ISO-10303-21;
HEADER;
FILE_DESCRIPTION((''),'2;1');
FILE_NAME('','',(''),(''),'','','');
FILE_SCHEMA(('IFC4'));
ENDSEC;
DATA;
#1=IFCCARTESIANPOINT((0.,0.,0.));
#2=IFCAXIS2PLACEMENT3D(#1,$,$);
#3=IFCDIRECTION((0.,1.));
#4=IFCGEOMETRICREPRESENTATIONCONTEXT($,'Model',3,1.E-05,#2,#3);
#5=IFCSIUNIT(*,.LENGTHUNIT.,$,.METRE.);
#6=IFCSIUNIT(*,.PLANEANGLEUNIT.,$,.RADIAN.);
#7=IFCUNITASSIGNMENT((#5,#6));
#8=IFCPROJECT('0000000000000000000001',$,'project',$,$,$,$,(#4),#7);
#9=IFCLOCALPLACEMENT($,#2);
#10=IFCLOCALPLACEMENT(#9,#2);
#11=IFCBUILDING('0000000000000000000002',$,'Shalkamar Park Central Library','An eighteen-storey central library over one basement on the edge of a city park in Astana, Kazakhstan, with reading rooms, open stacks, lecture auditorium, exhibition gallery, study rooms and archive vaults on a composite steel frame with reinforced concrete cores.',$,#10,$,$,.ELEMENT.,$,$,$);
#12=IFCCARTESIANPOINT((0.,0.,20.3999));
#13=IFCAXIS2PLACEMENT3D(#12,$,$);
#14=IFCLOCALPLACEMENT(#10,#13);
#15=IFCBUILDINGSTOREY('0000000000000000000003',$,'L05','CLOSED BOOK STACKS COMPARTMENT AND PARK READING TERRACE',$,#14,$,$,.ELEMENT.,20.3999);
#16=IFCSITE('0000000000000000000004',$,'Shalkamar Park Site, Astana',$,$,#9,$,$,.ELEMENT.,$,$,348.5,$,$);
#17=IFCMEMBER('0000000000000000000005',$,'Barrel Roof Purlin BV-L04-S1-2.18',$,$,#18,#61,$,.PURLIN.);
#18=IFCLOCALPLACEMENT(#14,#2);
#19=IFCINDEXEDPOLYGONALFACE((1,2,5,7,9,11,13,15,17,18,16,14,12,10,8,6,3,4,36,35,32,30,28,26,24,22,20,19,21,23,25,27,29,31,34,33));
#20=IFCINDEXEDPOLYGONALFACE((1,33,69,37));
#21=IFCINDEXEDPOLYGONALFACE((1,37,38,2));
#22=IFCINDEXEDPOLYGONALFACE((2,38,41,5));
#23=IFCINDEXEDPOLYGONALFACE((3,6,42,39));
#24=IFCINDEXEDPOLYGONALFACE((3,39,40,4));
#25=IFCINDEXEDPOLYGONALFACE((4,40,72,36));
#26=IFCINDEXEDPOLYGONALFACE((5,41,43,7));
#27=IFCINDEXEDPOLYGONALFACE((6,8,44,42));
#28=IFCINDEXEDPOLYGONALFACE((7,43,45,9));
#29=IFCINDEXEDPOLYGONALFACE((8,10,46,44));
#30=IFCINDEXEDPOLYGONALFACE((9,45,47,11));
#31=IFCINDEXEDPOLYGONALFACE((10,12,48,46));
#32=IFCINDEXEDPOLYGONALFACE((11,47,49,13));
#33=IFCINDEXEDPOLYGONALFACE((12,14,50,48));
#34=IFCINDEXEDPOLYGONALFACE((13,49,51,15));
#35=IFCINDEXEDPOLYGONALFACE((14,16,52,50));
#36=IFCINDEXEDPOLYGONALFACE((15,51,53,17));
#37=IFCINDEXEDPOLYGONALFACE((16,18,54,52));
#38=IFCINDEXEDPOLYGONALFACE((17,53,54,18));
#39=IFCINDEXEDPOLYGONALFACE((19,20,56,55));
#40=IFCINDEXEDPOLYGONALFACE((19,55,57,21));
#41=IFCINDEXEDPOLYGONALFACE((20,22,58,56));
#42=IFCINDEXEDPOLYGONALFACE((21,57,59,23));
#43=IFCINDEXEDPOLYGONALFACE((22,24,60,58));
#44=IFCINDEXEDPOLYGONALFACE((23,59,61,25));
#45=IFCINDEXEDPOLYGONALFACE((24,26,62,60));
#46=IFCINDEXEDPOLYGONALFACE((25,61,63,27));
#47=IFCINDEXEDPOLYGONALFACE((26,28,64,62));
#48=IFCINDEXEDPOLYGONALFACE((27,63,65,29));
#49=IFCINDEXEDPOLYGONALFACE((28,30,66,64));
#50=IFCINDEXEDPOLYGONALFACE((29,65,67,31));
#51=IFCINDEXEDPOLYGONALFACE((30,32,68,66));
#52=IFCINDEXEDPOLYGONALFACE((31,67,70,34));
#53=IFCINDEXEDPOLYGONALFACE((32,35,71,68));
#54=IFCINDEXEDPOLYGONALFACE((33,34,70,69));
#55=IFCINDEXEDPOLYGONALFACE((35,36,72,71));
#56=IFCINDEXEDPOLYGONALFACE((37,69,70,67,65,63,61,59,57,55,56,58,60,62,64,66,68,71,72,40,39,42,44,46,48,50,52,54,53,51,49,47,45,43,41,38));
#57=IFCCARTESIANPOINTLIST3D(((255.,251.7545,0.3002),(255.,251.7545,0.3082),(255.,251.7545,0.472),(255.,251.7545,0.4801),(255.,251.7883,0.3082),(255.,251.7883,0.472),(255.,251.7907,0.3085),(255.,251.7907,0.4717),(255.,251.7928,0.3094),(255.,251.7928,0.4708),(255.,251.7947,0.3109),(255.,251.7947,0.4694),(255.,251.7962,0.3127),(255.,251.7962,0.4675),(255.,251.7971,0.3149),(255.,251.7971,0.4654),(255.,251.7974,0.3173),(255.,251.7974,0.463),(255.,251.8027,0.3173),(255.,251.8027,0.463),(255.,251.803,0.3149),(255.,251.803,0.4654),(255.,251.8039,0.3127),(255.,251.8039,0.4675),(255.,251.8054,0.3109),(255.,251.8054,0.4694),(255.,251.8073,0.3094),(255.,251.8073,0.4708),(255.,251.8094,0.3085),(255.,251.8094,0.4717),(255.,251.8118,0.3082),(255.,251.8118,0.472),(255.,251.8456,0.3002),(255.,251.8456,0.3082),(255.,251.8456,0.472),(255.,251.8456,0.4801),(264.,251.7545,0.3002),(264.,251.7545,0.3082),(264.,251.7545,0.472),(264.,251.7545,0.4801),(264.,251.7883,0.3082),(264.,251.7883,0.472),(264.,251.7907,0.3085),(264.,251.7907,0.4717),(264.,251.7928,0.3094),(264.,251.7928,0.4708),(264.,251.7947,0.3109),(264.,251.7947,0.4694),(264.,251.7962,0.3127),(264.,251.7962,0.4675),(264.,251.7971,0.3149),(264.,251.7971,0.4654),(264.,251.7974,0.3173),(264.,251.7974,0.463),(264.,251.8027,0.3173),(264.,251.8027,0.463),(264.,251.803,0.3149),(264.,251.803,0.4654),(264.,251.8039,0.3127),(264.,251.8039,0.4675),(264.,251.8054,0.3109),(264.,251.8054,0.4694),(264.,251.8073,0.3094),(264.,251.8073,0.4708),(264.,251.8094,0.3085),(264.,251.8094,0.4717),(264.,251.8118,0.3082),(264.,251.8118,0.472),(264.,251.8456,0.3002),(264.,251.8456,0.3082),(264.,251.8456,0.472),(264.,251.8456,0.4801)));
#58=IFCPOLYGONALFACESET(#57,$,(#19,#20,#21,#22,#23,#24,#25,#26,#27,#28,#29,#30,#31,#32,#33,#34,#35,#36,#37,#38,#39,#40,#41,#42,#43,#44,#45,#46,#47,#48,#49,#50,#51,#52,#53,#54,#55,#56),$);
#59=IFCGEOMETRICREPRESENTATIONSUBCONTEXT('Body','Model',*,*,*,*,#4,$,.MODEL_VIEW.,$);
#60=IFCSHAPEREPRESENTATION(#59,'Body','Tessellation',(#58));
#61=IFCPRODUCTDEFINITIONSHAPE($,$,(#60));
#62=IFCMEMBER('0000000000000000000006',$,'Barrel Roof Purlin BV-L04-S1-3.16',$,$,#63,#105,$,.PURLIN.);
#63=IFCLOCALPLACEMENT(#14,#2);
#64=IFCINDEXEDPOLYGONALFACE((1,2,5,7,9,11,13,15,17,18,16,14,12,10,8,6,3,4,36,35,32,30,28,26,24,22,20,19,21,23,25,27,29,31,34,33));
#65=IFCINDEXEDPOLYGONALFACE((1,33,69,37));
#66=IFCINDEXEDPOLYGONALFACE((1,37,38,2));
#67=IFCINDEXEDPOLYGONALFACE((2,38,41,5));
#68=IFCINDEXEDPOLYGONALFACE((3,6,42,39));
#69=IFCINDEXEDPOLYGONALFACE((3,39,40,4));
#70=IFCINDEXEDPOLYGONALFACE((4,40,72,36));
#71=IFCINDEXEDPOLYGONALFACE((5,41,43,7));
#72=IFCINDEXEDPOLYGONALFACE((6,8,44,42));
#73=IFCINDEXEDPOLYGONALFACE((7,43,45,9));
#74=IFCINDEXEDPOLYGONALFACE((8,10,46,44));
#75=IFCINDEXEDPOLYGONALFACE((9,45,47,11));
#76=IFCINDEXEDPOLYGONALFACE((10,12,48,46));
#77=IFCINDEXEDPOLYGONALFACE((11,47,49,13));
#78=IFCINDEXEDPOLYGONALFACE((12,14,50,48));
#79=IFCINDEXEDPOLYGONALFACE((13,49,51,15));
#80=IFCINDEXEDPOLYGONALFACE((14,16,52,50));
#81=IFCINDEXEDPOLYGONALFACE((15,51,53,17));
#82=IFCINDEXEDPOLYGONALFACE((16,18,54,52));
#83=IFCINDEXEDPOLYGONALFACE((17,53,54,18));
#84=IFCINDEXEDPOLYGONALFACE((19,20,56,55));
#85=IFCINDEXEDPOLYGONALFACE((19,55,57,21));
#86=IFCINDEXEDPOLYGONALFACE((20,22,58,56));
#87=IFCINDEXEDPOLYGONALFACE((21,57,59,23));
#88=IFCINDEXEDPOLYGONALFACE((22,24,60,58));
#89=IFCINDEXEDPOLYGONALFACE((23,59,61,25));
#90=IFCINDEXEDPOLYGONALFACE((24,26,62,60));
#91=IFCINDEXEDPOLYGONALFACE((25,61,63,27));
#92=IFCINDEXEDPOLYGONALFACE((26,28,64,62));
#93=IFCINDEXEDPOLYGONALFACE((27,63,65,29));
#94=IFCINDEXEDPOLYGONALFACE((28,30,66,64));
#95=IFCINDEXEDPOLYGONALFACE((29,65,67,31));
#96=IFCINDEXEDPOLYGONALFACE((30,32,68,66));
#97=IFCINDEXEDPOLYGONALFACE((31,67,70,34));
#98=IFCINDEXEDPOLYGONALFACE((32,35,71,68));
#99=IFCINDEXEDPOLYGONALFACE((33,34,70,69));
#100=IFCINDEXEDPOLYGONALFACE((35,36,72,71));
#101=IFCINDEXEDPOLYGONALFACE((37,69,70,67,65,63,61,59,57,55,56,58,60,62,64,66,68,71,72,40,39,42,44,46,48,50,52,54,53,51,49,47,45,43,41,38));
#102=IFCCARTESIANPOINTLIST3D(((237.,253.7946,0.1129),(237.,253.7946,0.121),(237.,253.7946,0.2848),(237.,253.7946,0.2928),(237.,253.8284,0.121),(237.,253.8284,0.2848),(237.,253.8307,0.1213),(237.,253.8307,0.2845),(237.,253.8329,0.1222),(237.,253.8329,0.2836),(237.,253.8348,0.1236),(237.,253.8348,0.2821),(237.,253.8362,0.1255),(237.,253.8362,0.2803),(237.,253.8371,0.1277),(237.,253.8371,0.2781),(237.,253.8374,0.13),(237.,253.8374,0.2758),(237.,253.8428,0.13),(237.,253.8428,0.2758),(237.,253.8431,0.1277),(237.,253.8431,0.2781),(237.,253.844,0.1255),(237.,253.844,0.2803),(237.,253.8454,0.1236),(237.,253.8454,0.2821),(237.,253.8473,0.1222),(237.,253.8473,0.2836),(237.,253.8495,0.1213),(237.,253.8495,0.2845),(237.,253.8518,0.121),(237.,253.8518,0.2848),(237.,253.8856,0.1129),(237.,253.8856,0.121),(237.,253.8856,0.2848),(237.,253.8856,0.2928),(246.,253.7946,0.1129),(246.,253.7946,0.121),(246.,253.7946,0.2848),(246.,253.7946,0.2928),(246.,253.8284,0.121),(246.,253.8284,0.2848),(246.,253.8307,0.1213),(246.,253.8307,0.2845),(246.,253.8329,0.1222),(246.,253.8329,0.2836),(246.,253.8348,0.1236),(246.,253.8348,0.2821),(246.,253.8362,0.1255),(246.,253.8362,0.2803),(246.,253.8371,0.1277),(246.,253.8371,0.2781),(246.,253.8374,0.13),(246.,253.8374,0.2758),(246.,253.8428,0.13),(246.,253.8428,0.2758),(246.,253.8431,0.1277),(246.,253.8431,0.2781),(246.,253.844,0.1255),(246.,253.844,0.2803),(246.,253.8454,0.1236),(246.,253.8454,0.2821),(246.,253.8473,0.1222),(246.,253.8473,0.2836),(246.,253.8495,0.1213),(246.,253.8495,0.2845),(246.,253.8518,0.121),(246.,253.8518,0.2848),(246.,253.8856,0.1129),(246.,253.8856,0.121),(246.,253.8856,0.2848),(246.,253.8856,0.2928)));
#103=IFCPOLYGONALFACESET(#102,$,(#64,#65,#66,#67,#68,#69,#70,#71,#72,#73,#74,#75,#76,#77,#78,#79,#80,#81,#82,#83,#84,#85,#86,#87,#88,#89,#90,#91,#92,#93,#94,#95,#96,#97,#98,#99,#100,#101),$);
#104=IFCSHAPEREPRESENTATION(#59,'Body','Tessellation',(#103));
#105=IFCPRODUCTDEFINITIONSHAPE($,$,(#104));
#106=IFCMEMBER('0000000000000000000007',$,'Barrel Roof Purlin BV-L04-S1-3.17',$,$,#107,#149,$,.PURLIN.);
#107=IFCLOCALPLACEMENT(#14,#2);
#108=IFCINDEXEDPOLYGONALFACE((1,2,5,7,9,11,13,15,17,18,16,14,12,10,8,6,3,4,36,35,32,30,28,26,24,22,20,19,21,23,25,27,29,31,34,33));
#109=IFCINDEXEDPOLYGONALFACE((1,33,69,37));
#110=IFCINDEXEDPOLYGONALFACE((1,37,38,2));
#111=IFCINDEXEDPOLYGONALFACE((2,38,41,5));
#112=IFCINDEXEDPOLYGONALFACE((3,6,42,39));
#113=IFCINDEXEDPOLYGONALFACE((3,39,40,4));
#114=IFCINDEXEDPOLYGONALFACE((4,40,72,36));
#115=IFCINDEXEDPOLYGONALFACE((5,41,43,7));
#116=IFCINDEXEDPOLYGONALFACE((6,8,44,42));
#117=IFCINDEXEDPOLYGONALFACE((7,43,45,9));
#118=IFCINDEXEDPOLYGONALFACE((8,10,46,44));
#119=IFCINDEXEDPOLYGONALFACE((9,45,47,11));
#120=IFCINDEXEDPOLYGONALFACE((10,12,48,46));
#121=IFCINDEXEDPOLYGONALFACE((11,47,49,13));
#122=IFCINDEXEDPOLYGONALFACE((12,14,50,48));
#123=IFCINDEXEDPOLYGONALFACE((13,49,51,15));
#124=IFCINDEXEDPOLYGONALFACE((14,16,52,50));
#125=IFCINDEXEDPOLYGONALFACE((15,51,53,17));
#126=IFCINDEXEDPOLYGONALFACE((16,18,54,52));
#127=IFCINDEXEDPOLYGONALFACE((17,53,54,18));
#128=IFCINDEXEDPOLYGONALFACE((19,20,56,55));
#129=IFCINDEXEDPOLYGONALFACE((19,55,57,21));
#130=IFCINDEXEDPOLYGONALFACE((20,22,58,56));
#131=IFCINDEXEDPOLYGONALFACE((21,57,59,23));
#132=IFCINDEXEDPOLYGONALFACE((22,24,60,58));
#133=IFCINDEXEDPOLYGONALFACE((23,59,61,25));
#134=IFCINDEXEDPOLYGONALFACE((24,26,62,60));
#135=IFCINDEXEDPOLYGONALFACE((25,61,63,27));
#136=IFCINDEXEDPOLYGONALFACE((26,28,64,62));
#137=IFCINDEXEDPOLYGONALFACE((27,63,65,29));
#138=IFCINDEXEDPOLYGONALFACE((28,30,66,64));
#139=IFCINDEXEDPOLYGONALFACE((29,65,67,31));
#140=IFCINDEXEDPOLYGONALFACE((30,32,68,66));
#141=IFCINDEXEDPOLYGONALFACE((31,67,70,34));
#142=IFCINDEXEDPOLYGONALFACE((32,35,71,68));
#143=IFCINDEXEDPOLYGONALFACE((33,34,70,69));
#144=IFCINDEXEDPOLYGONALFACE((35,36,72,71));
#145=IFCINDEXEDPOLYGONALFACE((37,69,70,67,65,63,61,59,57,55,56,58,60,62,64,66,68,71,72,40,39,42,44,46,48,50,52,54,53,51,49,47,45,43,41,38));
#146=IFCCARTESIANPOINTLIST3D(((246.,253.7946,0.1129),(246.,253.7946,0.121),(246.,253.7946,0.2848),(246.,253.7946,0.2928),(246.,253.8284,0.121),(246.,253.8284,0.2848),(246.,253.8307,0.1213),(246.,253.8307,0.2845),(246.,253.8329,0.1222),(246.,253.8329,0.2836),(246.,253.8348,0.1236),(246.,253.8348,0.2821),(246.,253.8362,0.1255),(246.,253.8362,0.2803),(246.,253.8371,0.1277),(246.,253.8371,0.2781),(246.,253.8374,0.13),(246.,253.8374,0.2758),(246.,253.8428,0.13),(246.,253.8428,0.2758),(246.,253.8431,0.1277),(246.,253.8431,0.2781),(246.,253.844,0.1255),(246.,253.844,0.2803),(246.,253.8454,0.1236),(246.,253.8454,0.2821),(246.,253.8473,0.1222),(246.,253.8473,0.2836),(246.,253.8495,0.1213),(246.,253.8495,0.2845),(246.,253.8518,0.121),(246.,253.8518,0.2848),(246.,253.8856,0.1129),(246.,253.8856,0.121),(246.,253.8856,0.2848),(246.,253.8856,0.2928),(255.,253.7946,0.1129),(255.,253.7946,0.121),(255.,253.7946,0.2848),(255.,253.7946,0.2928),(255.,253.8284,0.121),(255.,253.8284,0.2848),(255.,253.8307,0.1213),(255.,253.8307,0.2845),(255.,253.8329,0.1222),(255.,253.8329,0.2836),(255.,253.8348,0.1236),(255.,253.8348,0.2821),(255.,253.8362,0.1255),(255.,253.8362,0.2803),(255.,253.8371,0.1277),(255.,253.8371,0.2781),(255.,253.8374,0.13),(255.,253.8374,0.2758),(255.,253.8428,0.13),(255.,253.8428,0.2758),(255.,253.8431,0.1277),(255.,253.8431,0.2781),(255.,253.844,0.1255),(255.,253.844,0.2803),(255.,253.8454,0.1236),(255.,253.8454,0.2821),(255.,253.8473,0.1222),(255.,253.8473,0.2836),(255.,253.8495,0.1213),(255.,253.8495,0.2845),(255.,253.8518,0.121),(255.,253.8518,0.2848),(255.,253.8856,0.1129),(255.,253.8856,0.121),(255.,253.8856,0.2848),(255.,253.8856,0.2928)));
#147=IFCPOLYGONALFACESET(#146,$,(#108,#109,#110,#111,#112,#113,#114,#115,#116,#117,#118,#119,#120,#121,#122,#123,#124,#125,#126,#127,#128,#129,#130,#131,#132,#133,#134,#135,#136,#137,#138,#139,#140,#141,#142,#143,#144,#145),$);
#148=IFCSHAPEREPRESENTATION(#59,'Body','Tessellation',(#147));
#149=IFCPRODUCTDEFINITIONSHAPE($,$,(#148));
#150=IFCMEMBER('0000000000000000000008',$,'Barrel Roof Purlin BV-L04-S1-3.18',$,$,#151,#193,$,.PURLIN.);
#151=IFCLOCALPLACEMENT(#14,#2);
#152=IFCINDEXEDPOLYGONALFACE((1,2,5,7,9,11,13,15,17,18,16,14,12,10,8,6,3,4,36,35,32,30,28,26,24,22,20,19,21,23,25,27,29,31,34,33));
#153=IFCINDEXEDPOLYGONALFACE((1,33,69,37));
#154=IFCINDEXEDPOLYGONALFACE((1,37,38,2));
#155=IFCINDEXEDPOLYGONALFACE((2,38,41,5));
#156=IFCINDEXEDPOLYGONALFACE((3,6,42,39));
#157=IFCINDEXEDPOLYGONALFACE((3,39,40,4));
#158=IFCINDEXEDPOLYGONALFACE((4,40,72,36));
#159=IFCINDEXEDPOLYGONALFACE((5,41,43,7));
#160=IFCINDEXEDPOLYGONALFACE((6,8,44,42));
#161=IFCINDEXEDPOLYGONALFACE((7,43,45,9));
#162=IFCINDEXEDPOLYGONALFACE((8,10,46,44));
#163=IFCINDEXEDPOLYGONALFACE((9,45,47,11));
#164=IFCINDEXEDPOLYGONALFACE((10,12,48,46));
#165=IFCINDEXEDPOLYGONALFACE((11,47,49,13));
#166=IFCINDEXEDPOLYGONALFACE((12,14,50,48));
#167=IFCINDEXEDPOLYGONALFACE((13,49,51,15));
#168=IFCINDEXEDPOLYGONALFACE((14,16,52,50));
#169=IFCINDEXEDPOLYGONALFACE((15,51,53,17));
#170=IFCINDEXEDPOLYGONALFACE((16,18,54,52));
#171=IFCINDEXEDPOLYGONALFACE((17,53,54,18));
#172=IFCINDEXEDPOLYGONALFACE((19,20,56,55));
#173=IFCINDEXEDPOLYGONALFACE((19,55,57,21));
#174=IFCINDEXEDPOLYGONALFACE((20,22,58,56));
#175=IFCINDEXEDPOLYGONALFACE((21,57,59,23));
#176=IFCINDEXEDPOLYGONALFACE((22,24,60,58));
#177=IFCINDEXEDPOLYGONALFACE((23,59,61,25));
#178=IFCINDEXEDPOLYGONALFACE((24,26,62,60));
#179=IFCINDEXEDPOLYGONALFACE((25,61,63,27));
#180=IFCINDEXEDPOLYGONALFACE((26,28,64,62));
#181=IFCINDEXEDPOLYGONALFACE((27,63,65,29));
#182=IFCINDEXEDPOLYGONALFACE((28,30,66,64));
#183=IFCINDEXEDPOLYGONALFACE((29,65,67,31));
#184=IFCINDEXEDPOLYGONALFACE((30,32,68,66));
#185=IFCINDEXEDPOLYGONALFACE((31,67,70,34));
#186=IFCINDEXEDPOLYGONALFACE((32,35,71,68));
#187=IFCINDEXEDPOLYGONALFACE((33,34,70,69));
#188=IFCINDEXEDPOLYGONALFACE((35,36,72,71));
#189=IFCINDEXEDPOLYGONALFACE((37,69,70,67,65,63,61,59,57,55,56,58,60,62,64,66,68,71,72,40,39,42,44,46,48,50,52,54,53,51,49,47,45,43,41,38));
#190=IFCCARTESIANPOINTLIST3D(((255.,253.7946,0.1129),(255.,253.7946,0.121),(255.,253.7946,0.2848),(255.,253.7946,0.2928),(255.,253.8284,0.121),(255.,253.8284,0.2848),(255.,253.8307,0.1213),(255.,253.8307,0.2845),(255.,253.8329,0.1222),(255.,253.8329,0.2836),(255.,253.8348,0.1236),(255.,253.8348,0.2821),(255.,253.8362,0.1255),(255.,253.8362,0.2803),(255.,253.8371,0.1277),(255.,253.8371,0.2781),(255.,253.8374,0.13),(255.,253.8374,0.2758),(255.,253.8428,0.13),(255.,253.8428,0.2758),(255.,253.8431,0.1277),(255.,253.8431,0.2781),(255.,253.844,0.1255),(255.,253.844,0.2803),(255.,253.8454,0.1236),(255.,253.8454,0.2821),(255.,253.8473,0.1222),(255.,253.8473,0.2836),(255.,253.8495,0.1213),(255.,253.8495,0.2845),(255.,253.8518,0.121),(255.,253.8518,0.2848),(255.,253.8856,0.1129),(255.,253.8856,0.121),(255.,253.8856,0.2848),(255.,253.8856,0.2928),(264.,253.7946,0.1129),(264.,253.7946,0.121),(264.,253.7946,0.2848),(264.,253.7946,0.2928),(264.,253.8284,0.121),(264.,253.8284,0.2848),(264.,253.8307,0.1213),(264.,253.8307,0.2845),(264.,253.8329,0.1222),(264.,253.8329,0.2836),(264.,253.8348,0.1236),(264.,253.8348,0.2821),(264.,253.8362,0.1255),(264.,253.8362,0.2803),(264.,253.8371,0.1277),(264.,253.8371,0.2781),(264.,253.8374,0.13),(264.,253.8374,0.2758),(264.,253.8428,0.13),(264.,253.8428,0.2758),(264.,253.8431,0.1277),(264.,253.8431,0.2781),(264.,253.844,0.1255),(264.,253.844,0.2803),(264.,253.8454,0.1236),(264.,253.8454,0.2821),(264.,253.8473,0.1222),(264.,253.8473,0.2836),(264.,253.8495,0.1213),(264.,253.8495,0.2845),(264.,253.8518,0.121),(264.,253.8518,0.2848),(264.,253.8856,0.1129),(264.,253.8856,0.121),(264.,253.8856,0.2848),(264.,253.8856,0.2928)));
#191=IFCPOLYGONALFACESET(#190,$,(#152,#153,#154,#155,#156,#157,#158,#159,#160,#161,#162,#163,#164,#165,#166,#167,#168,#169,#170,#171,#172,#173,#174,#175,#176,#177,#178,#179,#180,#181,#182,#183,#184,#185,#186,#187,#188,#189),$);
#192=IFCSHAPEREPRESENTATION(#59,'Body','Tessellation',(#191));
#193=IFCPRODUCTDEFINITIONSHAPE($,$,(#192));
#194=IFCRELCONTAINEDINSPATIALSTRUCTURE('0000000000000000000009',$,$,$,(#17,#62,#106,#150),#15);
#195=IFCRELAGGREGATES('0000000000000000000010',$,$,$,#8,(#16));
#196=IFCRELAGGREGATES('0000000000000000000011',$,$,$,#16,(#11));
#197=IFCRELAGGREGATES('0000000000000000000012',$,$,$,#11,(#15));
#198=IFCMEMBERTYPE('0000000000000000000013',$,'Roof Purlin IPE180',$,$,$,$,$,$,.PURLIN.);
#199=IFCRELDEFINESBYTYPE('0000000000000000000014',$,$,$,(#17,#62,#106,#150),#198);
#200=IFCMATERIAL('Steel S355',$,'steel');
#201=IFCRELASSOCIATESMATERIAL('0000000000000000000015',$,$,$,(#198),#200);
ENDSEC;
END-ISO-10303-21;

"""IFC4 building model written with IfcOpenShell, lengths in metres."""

from ifc_helpers import new_model, si_unit, direction, frame, origin, origin_2d, place, context, subcontext, project, spatial, i_section, extrude, material, material_profile, profile_set, type_object, element, save


model = new_model("IFC4")

# Units and contexts
model_context = context("Model", 3, precision=1e-05, world=origin(), true_north=direction((0.0, 1.0)))
body_context = subcontext(model_context, "Body", "Model", "MODEL_VIEW")
ifc_project = project(units=[si_unit("LENGTHUNIT", "METRE"), si_unit("PLANEANGLEUNIT", "RADIAN")], contexts=[model_context])

# Site, building, storey
site_placement = place(None, origin())
site = spatial("IfcSite", under=ifc_project, at=site_placement, Name="Shalkamar Park Site, Astana", CompositionType="ELEMENT", RefElevation=348.5)
building_placement = place(site_placement, origin())
building = spatial("IfcBuilding", under=site, at=building_placement, Name="Shalkamar Park Central Library", Description="An eighteen-storey central library over one basement on the edge of a city park in Astana, Kazakhstan, with reading rooms, open stacks, lecture auditorium, exhibition gallery, study rooms and archive vaults on a composite steel frame with reinforced concrete cores.", CompositionType="ELEMENT")
storey_placement = place(building_placement, frame((0.0, 0.0, 20.3999)))
storey = spatial("IfcBuildingStorey", under=building, at=storey_placement, Name="L05", Description="CLOSED BOOK STACKS COMPARTMENT AND PARK READING TERRACE", CompositionType="ELEMENT", Elevation=20.3999)

# Members
ifc_material = material(Name="Steel S355", Category="steel")
ifc_material_profile_1 = material_profile(ifc_material, i_section(OverallWidth=0.0911, OverallDepth=0.1799, WebThickness=0.0054, FlangeThickness=0.0081, FilletRadius=0.009, at=origin_2d()), Name="IPE 180")
ifc_profile_set_1 = profile_set([ifc_material_profile_1], Name="Steel S355")
member_type_1 = type_object("IfcMemberType", Name="Roof Purlin IPE180", PredefinedType="PURLIN", material=ifc_profile_set_1)
for number, where, z_axis, x_axis, name in (
    (1, (255.0, 251.8, 0.3901), (1.0, 0.0, 0.0), (0.0, 1.0, 0.0), "Barrel Roof Purlin BV-L04-S1-2.18"),
    (2, (237.0, 253.8401, 0.2029), (1.0, 0.0, 0.0), (0.0, 1.0, 0.0), "Barrel Roof Purlin BV-L04-S1-3.16"),
    (3, (246.0, 253.8401, 0.2029), (1.0, 0.0, 0.0), (0.0, 1.0, 0.0), "Barrel Roof Purlin BV-L04-S1-3.17"),
    (4, (255.0, 253.8401, 0.2029), (1.0, 0.0, 0.0), (0.0, 1.0, 0.0), "Barrel Roof Purlin BV-L04-S1-3.18"),
):
    element("IfcMember", number, at=place(storey_placement, frame(where, z_axis=z_axis, x_axis=x_axis)), inside=storey, type_object=member_type_1, Name=name, PredefinedType="PURLIN", context=body_context, shape_type="SweptSolid", body=[
        extrude(i_section(OverallWidth=0.0911, OverallDepth=0.1799, WebThickness=0.0054, FlangeThickness=0.0081, FilletRadius=0.009, at=origin_2d()), origin(), (0.0, 0.0, 1.0), 9.0),
    ])

save(model, "model.ifc")
